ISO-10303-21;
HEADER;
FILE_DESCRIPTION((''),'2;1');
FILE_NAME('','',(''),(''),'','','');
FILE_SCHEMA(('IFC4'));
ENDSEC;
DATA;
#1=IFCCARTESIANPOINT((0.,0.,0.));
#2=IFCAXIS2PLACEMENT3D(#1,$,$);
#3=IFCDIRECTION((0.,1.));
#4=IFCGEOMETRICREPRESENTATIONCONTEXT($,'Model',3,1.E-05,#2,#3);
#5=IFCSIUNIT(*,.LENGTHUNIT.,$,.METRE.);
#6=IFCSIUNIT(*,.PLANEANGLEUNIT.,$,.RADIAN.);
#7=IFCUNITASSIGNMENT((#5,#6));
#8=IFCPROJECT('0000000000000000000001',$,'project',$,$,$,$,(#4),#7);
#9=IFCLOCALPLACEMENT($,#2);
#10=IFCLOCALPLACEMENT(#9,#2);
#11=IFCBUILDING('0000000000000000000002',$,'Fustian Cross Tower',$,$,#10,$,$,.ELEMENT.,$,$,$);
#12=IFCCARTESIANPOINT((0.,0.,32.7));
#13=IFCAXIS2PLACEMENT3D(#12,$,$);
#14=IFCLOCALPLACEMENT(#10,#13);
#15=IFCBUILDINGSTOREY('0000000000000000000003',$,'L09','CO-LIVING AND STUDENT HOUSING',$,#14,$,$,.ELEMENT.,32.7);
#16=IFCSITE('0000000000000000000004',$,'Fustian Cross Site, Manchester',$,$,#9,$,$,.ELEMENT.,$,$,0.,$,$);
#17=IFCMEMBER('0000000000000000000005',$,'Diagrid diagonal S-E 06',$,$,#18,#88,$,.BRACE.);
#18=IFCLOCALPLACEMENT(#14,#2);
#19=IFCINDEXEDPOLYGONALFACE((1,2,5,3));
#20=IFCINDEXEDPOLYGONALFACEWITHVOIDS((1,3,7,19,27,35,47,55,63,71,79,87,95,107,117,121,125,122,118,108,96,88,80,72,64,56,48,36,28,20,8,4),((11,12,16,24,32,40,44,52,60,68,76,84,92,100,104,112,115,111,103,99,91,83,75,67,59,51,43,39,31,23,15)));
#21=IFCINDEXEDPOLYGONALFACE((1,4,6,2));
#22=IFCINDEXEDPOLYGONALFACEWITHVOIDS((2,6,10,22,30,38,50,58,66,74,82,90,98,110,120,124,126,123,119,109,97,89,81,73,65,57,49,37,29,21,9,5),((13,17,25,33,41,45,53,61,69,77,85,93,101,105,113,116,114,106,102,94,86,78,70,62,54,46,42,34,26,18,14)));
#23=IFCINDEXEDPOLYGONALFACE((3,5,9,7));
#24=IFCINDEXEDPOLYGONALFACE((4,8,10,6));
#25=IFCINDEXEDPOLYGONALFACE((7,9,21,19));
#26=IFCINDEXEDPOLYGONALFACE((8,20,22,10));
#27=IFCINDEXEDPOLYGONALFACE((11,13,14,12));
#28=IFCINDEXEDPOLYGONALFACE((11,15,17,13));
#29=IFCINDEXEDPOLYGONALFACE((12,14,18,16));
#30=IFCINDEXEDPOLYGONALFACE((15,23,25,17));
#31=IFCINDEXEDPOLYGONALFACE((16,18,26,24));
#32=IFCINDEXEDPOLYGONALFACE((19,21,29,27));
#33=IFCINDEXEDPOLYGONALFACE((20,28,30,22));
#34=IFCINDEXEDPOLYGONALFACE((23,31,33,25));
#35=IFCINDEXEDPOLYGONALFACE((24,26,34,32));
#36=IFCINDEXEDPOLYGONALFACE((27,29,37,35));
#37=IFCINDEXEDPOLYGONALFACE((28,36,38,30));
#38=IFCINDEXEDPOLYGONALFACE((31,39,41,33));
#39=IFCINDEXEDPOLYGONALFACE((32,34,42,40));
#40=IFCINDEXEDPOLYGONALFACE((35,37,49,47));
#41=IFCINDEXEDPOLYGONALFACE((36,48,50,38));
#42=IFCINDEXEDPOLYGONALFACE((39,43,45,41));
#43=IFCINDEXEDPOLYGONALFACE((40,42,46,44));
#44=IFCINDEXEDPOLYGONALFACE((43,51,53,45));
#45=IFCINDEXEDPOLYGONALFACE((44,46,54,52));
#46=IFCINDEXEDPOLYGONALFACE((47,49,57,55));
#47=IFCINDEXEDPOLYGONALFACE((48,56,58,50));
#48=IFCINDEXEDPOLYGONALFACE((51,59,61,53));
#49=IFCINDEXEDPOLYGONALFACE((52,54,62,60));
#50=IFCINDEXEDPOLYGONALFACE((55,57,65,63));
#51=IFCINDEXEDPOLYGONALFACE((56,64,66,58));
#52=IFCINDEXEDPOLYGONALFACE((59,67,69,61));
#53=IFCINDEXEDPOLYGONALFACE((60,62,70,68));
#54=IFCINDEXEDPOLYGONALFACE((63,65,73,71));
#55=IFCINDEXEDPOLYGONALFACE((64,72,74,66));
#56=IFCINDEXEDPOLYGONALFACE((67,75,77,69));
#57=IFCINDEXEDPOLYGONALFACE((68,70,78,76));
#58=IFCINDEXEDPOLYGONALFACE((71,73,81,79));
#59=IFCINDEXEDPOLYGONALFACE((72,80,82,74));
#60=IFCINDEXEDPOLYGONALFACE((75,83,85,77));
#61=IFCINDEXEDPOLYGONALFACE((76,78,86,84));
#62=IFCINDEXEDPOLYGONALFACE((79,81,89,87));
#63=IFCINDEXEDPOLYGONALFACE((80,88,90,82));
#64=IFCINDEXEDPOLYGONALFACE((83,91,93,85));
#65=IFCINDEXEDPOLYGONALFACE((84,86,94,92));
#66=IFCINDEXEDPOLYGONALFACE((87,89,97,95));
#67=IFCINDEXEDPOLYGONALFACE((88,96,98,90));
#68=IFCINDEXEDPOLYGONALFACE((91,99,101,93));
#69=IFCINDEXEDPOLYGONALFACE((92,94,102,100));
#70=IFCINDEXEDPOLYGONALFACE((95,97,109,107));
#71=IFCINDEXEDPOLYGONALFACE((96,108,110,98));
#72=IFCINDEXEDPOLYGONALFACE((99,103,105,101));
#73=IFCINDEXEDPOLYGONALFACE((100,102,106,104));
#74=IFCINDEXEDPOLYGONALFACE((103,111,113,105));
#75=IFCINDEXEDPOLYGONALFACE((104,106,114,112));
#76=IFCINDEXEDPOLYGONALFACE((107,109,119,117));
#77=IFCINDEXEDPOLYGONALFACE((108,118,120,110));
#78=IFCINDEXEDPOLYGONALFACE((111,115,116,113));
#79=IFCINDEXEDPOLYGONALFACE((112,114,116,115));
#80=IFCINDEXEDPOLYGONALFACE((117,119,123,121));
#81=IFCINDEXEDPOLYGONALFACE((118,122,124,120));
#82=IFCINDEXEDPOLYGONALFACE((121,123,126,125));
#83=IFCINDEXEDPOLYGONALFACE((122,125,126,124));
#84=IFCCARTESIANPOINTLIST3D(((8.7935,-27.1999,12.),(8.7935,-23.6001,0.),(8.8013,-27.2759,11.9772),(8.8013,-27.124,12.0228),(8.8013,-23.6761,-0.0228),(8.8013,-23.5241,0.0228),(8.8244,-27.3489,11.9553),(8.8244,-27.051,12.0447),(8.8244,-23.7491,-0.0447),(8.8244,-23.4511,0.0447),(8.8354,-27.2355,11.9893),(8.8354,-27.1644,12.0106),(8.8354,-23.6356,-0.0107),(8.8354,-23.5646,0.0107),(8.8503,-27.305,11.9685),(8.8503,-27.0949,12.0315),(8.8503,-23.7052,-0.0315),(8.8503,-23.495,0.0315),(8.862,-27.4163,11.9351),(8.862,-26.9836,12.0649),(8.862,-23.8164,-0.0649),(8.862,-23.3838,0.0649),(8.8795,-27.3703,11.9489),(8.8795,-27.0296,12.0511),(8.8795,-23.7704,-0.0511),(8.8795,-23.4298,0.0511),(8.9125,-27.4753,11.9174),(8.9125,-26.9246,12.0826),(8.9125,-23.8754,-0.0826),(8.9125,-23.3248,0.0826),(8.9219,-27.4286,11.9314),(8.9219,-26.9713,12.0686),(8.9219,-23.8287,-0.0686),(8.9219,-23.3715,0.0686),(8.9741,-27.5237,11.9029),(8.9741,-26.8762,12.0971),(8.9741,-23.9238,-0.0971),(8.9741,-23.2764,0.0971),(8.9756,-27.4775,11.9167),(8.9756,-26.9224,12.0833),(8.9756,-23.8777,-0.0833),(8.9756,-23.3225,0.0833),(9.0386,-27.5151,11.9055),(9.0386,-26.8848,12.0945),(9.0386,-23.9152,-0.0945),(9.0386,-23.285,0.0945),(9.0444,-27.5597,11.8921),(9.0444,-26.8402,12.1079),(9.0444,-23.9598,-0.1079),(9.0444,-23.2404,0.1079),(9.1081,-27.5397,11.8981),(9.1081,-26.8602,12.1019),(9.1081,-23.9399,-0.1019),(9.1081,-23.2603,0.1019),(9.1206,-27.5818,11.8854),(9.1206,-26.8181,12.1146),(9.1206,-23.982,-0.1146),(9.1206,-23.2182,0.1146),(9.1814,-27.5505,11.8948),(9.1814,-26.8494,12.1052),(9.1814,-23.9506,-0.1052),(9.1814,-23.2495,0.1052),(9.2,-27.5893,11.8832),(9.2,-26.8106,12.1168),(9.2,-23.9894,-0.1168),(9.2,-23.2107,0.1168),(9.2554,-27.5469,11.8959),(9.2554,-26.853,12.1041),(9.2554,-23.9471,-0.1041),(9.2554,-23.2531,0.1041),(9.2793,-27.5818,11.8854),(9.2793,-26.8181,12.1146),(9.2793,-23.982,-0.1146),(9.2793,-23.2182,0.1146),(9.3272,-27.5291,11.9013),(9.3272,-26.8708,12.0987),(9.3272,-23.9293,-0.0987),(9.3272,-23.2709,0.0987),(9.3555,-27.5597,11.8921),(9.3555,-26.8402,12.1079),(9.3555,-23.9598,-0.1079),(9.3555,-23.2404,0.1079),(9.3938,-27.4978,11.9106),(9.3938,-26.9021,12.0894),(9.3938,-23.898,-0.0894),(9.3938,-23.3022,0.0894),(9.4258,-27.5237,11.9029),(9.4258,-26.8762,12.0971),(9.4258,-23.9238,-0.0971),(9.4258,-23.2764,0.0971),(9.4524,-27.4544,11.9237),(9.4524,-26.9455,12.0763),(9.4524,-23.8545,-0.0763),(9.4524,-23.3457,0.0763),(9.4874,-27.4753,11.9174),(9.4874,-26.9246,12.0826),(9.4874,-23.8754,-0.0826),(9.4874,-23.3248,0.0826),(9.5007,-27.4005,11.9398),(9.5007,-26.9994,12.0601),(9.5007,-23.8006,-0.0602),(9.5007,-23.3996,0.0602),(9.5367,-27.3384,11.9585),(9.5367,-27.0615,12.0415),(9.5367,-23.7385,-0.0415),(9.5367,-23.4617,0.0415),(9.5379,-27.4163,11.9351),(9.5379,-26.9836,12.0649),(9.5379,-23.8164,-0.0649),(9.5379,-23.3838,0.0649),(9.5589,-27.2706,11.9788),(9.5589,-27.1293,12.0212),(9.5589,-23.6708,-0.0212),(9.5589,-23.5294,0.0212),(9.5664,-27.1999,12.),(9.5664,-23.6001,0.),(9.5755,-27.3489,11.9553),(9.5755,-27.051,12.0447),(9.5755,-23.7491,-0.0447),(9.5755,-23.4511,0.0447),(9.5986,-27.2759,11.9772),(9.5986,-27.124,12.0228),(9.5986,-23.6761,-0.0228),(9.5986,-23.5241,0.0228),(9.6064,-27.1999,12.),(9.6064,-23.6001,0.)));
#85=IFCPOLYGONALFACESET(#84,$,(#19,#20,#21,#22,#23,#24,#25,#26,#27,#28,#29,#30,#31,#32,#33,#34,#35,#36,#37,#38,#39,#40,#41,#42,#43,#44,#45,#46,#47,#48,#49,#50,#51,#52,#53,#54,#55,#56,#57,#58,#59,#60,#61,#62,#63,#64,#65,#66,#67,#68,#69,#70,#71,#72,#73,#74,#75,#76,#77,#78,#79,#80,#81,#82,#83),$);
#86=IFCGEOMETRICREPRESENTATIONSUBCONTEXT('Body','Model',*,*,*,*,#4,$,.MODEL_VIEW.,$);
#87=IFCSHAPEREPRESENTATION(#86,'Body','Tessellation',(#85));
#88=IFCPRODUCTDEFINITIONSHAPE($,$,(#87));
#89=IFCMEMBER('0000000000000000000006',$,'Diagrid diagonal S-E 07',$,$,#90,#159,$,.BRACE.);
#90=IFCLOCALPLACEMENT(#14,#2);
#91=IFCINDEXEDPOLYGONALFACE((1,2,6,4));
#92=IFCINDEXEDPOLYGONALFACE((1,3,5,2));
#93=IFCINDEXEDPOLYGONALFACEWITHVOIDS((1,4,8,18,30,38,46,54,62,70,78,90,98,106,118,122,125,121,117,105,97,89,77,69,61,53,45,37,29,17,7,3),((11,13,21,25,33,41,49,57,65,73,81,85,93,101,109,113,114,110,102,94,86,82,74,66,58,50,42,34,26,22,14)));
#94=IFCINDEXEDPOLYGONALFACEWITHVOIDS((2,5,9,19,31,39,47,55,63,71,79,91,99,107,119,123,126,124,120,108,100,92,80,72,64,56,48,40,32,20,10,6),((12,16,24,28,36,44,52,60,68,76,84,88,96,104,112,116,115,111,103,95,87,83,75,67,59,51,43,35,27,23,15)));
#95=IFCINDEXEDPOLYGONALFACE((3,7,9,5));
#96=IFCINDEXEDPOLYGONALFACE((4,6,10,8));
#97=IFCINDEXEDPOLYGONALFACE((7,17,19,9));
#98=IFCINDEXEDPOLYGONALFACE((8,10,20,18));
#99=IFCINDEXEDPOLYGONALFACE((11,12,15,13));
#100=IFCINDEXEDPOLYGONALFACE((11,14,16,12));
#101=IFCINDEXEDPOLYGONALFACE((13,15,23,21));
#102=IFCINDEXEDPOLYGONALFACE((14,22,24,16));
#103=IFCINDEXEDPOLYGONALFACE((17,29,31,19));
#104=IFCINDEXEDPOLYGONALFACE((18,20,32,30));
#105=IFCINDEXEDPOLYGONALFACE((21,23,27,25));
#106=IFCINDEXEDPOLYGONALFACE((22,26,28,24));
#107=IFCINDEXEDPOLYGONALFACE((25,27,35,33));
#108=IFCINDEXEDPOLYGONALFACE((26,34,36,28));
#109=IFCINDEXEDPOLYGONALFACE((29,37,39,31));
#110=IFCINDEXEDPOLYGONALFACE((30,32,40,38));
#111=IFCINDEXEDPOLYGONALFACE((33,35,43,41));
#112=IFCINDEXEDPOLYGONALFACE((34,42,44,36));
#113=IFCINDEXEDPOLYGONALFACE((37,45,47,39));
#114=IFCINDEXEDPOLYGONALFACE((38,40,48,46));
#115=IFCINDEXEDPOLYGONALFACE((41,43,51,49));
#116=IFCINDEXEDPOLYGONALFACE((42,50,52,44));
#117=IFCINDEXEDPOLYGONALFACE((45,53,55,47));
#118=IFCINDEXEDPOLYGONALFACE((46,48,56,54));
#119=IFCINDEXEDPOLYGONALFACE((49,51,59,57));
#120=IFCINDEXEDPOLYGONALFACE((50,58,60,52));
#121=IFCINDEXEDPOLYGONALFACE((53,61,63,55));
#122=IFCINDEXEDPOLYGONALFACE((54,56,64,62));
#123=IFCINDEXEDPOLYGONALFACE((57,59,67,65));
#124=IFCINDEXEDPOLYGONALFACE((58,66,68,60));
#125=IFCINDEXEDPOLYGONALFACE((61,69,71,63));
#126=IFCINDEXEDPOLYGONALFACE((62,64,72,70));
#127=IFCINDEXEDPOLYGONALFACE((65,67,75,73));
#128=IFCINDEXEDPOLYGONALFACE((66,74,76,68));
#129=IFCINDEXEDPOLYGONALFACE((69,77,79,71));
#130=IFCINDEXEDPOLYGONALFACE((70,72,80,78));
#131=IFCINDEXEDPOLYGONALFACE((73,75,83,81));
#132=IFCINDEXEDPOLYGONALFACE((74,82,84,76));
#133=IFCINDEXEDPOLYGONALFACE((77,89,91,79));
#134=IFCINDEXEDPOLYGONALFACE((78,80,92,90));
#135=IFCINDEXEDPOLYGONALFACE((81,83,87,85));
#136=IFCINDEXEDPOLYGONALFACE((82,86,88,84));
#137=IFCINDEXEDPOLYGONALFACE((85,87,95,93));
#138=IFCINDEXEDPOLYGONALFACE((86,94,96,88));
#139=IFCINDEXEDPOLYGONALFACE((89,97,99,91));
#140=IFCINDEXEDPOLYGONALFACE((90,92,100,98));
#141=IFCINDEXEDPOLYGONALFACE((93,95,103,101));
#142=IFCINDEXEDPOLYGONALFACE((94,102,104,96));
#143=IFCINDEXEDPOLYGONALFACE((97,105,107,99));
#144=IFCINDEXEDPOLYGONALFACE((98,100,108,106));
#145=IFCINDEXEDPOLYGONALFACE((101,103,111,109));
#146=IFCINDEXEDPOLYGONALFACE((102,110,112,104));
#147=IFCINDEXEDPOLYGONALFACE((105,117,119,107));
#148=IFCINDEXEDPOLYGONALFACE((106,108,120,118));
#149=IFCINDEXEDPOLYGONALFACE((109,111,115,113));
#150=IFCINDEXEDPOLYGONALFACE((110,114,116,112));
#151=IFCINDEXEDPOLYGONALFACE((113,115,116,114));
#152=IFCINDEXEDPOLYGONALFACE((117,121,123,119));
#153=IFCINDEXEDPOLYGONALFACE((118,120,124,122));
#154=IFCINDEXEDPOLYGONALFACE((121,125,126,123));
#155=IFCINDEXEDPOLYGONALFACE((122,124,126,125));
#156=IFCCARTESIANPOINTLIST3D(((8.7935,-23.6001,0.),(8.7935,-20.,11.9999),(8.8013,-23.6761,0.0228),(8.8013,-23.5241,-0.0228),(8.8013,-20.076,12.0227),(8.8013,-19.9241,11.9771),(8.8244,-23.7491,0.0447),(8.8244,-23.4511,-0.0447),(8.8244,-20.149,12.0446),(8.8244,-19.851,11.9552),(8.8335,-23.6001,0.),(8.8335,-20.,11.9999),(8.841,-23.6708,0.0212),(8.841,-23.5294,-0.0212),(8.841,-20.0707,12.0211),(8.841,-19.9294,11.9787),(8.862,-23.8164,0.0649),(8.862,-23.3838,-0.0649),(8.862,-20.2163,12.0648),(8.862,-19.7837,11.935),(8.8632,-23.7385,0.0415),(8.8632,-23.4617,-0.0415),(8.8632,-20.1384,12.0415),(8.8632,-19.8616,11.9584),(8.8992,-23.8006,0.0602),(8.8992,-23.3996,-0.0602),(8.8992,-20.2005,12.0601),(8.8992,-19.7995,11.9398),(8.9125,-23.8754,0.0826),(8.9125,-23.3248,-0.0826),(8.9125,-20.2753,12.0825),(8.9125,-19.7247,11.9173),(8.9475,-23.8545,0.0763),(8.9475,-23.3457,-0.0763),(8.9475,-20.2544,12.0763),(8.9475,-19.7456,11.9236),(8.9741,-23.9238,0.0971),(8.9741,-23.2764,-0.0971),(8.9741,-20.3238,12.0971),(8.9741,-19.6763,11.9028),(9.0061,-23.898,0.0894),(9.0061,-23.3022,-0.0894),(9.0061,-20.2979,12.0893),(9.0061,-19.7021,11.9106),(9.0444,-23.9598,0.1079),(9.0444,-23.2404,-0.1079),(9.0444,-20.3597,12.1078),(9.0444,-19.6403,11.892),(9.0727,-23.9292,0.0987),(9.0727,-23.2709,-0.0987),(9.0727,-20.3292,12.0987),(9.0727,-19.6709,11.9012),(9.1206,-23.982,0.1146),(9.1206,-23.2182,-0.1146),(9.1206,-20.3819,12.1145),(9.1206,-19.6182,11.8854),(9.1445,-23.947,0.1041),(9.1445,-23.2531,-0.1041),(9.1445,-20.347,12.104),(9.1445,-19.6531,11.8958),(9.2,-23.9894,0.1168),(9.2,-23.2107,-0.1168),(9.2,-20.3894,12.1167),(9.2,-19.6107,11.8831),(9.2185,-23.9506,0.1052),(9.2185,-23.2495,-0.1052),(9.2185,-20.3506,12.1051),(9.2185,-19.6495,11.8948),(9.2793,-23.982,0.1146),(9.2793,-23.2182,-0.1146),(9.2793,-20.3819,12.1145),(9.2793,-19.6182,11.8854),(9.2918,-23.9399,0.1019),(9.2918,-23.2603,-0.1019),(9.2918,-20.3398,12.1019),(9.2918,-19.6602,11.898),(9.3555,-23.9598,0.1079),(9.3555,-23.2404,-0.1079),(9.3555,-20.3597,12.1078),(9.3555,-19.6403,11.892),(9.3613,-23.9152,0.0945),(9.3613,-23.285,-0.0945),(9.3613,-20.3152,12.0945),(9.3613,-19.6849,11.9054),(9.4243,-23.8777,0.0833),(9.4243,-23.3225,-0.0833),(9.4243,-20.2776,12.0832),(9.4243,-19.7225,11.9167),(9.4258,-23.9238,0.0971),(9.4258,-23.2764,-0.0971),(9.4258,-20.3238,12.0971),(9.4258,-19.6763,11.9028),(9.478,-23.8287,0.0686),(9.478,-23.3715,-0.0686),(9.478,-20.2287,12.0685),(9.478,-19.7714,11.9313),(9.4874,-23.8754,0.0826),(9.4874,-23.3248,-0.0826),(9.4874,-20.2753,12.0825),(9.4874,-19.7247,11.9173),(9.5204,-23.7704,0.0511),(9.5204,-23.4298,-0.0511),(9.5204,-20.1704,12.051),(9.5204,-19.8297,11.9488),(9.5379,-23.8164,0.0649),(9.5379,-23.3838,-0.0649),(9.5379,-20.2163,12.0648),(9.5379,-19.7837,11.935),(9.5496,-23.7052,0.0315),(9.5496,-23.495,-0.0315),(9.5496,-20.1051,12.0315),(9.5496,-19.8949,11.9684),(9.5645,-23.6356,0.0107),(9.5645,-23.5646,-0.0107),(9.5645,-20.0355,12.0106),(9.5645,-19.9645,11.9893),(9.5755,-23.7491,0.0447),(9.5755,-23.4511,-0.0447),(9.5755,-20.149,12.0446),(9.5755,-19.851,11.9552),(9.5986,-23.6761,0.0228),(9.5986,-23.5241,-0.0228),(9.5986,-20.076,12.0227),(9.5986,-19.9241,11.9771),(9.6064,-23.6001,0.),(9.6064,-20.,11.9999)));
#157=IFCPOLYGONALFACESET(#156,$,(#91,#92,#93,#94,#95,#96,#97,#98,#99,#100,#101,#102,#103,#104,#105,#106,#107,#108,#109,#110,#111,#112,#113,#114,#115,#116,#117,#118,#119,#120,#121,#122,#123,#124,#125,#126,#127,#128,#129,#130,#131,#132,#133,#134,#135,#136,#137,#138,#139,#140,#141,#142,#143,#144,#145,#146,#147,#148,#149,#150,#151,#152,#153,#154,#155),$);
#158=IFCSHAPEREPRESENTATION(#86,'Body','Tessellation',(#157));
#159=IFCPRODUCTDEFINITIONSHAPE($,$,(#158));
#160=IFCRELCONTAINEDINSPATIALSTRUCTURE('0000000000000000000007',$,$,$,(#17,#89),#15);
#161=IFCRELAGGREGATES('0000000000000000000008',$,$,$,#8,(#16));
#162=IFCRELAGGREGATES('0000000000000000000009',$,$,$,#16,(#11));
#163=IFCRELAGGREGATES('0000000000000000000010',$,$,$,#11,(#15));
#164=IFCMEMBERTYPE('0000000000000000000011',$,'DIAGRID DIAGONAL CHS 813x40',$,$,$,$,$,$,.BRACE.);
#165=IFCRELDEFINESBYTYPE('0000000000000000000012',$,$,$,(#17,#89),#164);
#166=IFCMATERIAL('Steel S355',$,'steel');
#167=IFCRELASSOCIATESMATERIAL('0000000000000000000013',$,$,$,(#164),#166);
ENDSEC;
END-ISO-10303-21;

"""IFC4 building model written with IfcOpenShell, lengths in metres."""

from ifc_helpers import new_model, si_unit, direction, frame, origin, origin_2d, place, context, subcontext, project, spatial, hollow_circle, extrude, material, material_profile, profile_set, type_object, element, save


model = new_model("IFC4")

# Units and contexts
model_context = context("Model", 3, precision=1e-05, world=origin(), true_north=direction((0.0, 1.0)))
body_context = subcontext(model_context, "Body", "Model", "MODEL_VIEW")
ifc_project = project(units=[si_unit("LENGTHUNIT", "METRE"), si_unit("PLANEANGLEUNIT", "RADIAN")], contexts=[model_context])

# Site, building, storey
site_placement = place(None, origin())
site = spatial("IfcSite", under=ifc_project, at=site_placement, Name="Fustian Cross Site, Manchester", CompositionType="ELEMENT", RefElevation=0.0)
building_placement = place(site_placement, origin())
building = spatial("IfcBuilding", under=site, at=building_placement, Name="Fustian Cross Tower", CompositionType="ELEMENT")
storey_placement = place(building_placement, frame((0.0, 0.0, 32.7)))
storey = spatial("IfcBuildingStorey", under=building, at=storey_placement, Name="L09", Description="CO-LIVING AND STUDENT HOUSING", CompositionType="ELEMENT", Elevation=32.7)

# Members
ifc_material_1 = material(Name="Steel S355", Category="steel")
ifc_material_profile_1 = material_profile(ifc_material_1, hollow_circle(Radius=0.4065, WallThickness=0.04, at=origin_2d()), Name="CHS 813x40")
ifc_profile_set_1 = profile_set([ifc_material_profile_1], Name="Steel S355")
member_type_1 = type_object("IfcMemberType", Name="DIAGRID DIAGONAL CHS 813x40", PredefinedType="BRACE", material=ifc_profile_set_1)
for number, where, z_axis, x_axis, name in (
    (1, (9.2, -23.6001, 0.0), (0.0, -0.287337, 0.95783), (1.0, 0.0, 0.0), "Diagrid diagonal S-E 06"),
    (2, (9.2, -23.6001, 0.0), (0.0, 0.287355, 0.957824), (-1.0, 0.0, 0.0), "Diagrid diagonal S-E 07"),
):
    element("IfcMember", number, at=place(storey_placement, frame(where, z_axis=z_axis, x_axis=x_axis)), inside=storey, type_object=member_type_1, Name=name, PredefinedType="BRACE", context=body_context, shape_type="SweptSolid", body=[
        extrude(hollow_circle(Radius=0.4065, WallThickness=0.04, at=origin_2d()), origin(), (0.0, 0.0, 1.0), 12.5283),
    ])

save(model, "model.ifc")
